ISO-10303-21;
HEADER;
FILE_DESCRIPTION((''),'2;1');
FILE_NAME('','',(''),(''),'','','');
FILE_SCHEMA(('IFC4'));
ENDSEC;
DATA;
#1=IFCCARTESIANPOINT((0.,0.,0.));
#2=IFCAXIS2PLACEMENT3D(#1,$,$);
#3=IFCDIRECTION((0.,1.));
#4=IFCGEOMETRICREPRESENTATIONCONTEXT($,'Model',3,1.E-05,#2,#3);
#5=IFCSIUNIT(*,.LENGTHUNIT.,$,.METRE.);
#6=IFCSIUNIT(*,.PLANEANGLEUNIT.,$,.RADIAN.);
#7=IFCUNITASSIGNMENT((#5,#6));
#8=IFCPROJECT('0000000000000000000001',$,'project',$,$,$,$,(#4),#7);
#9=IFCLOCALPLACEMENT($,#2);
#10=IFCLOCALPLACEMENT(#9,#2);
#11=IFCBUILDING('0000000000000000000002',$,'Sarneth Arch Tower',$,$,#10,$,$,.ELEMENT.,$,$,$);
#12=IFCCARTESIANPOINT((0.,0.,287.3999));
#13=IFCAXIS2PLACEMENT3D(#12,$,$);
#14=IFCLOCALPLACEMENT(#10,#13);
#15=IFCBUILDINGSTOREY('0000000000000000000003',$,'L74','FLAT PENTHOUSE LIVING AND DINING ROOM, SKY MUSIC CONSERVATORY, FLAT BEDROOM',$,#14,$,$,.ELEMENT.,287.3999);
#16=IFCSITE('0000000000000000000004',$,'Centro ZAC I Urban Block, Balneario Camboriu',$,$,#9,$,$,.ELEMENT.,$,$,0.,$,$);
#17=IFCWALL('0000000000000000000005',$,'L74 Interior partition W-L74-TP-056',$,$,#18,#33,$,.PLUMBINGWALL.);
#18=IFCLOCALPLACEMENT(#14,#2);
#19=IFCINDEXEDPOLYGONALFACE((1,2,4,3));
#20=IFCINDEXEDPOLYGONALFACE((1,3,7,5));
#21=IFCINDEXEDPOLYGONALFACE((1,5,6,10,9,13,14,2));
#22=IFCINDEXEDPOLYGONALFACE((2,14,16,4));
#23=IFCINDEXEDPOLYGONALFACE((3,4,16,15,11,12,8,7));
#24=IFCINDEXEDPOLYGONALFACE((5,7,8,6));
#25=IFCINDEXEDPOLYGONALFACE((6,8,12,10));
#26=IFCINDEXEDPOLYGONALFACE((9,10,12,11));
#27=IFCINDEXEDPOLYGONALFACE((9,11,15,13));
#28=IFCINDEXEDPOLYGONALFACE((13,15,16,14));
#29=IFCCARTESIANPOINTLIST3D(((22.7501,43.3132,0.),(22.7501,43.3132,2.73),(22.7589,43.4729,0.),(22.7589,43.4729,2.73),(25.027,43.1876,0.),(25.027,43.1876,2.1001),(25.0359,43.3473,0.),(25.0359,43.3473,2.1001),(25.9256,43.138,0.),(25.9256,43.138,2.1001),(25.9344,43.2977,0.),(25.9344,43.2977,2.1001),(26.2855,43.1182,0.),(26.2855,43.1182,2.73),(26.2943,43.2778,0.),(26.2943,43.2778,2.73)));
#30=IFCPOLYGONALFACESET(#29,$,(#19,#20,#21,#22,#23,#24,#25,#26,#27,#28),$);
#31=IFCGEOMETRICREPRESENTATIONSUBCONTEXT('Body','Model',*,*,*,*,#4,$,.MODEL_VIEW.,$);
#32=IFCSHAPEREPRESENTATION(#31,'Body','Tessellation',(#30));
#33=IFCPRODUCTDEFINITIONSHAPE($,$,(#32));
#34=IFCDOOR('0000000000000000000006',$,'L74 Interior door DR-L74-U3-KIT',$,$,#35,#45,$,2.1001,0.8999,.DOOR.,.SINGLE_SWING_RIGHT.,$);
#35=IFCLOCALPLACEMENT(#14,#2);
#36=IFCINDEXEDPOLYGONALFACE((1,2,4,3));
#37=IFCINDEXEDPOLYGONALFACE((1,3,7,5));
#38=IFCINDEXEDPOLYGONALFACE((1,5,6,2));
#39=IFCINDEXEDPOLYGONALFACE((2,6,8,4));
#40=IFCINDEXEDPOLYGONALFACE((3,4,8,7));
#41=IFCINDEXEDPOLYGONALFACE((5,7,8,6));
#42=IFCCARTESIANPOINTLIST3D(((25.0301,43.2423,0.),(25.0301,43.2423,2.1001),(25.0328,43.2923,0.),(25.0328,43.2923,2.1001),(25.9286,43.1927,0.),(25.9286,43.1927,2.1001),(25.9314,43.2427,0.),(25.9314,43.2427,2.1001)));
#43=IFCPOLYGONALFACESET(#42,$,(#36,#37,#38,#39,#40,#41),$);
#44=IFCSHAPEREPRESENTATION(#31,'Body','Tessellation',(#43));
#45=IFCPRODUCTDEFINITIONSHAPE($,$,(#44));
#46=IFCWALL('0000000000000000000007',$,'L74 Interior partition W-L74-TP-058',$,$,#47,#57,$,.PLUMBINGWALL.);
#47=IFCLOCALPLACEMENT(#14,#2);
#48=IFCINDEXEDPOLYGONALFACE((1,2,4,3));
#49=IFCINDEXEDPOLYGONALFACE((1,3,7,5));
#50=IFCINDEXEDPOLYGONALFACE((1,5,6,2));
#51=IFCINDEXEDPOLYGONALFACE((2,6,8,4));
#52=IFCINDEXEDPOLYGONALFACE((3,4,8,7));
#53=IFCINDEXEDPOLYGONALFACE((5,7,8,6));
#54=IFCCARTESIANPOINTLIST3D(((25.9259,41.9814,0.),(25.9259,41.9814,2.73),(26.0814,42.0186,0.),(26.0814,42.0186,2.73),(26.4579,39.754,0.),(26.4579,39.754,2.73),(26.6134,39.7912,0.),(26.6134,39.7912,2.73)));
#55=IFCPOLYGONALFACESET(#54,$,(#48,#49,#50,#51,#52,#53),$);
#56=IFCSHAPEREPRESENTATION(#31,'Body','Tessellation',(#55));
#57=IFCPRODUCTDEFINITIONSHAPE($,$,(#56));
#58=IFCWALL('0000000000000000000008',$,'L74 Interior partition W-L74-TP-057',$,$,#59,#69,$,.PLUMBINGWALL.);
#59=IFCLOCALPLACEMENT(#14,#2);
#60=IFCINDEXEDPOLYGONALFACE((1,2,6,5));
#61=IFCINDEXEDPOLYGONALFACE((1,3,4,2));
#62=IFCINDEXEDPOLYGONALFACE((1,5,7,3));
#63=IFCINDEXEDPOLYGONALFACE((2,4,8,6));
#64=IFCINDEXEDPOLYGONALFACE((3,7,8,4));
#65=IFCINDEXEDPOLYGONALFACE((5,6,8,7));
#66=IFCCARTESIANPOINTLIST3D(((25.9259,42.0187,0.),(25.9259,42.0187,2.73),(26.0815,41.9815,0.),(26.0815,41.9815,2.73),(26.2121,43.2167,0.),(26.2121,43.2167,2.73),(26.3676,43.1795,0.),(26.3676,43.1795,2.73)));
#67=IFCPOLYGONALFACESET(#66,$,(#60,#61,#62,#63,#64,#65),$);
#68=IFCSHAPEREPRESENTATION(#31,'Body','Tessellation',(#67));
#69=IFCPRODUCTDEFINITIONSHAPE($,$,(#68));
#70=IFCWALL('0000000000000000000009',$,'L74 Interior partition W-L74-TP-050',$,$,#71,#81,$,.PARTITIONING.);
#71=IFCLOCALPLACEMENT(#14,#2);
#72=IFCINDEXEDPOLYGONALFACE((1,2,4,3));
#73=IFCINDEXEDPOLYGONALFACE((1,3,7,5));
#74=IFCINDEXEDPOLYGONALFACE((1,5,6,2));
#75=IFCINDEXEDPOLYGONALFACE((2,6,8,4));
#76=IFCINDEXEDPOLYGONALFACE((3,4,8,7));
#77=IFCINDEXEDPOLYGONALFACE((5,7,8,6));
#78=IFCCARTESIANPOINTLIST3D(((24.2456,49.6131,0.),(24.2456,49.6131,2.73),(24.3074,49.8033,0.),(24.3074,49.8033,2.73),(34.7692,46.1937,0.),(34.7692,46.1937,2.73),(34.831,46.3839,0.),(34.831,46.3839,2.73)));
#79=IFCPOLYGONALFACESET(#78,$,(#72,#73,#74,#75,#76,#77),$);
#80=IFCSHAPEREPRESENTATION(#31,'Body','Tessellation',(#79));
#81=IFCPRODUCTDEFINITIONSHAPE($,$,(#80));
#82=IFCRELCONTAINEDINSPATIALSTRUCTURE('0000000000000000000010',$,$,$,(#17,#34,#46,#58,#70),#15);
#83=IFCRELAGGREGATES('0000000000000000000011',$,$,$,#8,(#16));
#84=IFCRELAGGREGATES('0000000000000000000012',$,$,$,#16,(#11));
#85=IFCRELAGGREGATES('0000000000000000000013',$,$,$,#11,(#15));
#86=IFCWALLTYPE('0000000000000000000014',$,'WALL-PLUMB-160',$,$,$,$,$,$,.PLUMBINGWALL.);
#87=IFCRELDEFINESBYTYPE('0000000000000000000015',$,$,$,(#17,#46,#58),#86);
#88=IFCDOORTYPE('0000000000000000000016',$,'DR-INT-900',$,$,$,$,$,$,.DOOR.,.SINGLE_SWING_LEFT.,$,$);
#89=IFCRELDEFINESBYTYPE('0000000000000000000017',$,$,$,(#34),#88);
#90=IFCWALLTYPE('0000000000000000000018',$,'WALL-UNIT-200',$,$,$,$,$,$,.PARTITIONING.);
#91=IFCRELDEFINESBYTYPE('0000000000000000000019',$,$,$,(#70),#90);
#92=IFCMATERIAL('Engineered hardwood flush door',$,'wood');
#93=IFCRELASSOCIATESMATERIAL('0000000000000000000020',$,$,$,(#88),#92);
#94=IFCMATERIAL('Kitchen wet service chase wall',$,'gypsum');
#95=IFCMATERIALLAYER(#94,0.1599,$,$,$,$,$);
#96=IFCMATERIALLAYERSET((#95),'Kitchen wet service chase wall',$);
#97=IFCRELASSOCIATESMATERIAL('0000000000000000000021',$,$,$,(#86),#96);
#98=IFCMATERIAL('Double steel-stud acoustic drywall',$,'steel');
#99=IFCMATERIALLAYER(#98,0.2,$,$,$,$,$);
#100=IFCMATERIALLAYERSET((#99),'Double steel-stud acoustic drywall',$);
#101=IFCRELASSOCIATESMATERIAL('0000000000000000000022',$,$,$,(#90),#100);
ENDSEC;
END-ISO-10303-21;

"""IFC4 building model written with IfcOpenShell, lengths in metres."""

from ifc_helpers import new_model, si_unit, direction, frame, frame_2d, origin, place, context, subcontext, project, spatial, rectangle, extrude, material, layer, layer_set, type_object, element, fill, save


model = new_model("IFC4")

# Units and contexts
model_context = context("Model", 3, precision=1e-05, world=origin(), true_north=direction((0.0, 1.0)))
body_context = subcontext(model_context, "Body", "Model", "MODEL_VIEW")
ifc_project = project(units=[si_unit("LENGTHUNIT", "METRE"), si_unit("PLANEANGLEUNIT", "RADIAN")], contexts=[model_context])

# Site, building, storey
site_placement = place(None, origin())
site = spatial("IfcSite", under=ifc_project, at=site_placement, Name="Centro ZAC I Urban Block, Balneario Camboriu", CompositionType="ELEMENT", RefElevation=0.0)
building_placement = place(site_placement, origin())
building = spatial("IfcBuilding", under=site, at=building_placement, Name="Sarneth Arch Tower", CompositionType="ELEMENT")
storey_placement = place(building_placement, frame((0.0, 0.0, 287.3999)))
storey = spatial("IfcBuildingStorey", under=building, at=storey_placement, Name="L74", Description="FLAT PENTHOUSE LIVING AND DINING ROOM, SKY MUSIC CONSERVATORY, FLAT BEDROOM", CompositionType="ELEMENT", Elevation=287.3999)

# Shared definitions
ifc_material_1 = material(Name="Engineered hardwood flush door", Category="wood")
door_type_1 = type_object("IfcDoorType", Name="DR-INT-900", OperationType="SINGLE_SWING_LEFT", PredefinedType="DOOR", material=ifc_material_1)

# Wall, opening, door
ifc_material_2 = material(Name="Kitchen wet service chase wall", Category="gypsum")
ifc_layer_1 = layer(ifc_material_2, 0.1599)
ifc_layer_set_1 = layer_set([ifc_layer_1], Name="Kitchen wet service chase wall")
wall_type_1 = type_object("IfcWallType", Name="WALL-PLUMB-160", PredefinedType="PLUMBINGWALL", material=ifc_layer_set_1)
wall_1_placement = place(storey_placement, frame((22.7544, 43.3931, 0.0), z_axis=(0.0, 0.0, 1.0), x_axis=(0.998481, -0.055092, 0.0)))
wall_1 = element("IfcWall", 1, at=wall_1_placement, inside=storey, type_object=wall_type_1, Name="L74 Interior partition W-L74-TP-056", PredefinedType="PLUMBINGWALL", context=body_context, shape_type="SweptSolid", body=[
    extrude(rectangle(XDim=3.5408, YDim=0.1599, at=frame_2d((1.7705, 0.0))), origin(), (0.0, 0.0, 1.0), 2.73),
])
opening_1_placement = place(wall_1_placement, frame((2.2805, 0.0, 0.0)))
opening_1 = element("IfcOpeningElement", 2, at=opening_1_placement, cuts=wall_1, PredefinedType="OPENING", context=body_context, shape_type="SweptSolid", body=[
    extrude(rectangle(XDim=0.8999, YDim=2.1001, at=frame_2d((0.45, 1.05))), frame((0.0, 0.0898, 0.0), z_axis=(0.0, -1.0, 0.0), x_axis=(1.0, 0.0, 0.0)), (0.0, 0.0, 1.0), 0.1799),
])
door_1_placement = place(opening_1_placement, origin())
door_1 = element("IfcDoor", 3, at=door_1_placement, inside=storey, type_object=door_type_1, Name="L74 Interior door DR-L74-U3-KIT", OperationType="SINGLE_SWING_RIGHT", OverallHeight=2.1001, OverallWidth=0.8999, PredefinedType="DOOR", context=body_context, shape_type="SweptSolid", body=[
    extrude(rectangle(XDim=0.8999, YDim=2.1001, at=frame_2d((0.45, 1.05))), frame((0.0, 0.0249, 0.0), z_axis=(0.0, -1.0, 0.0), x_axis=(1.0, 0.0, 0.0)), (0.0, 0.0, 1.0), 0.05),
])
fill(opening_1, door_1)

# Walls
wall_2_placement = place(storey_placement, frame((26.0037, 42.0, 0.0), z_axis=(0.0, 0.0, 1.0), x_axis=(0.232312, -0.972641, 0.0)))
element("IfcWall", 4, at=wall_2_placement, inside=storey, type_object=wall_type_1, Name="L74 Interior partition W-L74-TP-058", PredefinedType="PLUMBINGWALL", context=body_context, shape_type="SweptSolid", body=[
    extrude(rectangle(XDim=2.29, YDim=0.1599, at=frame_2d((1.145, 0.0))), origin(), (0.0, 0.0, 1.0), 2.73),
])
wall_3_placement = place(storey_placement, frame((26.2898, 43.198, 0.0), z_axis=(0.0, 0.0, 1.0), x_axis=(-0.232308, -0.972642, 0.0)))
element("IfcWall", 5, at=wall_3_placement, inside=storey, type_object=wall_type_1, Name="L74 Interior partition W-L74-TP-057", PredefinedType="PLUMBINGWALL", context=body_context, shape_type="SweptSolid", body=[
    extrude(rectangle(XDim=1.2317, YDim=0.1599, at=frame_2d((0.6157, 0.0))), origin(), (0.0, 0.0, 1.0), 2.73),
])
ifc_material_3 = material(Name="Double steel-stud acoustic drywall", Category="steel")
ifc_layer_2 = layer(ifc_material_3, 0.2)
ifc_layer_set_2 = layer_set([ifc_layer_2], Name="Double steel-stud acoustic drywall")
wall_type_2 = type_object("IfcWallType", Name="WALL-UNIT-200", PredefinedType="PARTITIONING", material=ifc_layer_set_2)
wall_4_placement = place(storey_placement, frame((24.2764, 49.7083, 0.0), z_axis=(0.0, 0.0, 1.0), x_axis=(0.951054, -0.309024, 0.0)))
element("IfcWall", 6, at=wall_4_placement, inside=storey, type_object=wall_type_2, Name="L74 Interior partition W-L74-TP-050", PredefinedType="PARTITIONING", context=body_context, shape_type="SweptSolid", body=[
    extrude(rectangle(XDim=11.0652, YDim=0.2, at=frame_2d((5.5327, 0.0))), origin(), (0.0, 0.0, 1.0), 2.73),
])

save(model, "model.ifc")
